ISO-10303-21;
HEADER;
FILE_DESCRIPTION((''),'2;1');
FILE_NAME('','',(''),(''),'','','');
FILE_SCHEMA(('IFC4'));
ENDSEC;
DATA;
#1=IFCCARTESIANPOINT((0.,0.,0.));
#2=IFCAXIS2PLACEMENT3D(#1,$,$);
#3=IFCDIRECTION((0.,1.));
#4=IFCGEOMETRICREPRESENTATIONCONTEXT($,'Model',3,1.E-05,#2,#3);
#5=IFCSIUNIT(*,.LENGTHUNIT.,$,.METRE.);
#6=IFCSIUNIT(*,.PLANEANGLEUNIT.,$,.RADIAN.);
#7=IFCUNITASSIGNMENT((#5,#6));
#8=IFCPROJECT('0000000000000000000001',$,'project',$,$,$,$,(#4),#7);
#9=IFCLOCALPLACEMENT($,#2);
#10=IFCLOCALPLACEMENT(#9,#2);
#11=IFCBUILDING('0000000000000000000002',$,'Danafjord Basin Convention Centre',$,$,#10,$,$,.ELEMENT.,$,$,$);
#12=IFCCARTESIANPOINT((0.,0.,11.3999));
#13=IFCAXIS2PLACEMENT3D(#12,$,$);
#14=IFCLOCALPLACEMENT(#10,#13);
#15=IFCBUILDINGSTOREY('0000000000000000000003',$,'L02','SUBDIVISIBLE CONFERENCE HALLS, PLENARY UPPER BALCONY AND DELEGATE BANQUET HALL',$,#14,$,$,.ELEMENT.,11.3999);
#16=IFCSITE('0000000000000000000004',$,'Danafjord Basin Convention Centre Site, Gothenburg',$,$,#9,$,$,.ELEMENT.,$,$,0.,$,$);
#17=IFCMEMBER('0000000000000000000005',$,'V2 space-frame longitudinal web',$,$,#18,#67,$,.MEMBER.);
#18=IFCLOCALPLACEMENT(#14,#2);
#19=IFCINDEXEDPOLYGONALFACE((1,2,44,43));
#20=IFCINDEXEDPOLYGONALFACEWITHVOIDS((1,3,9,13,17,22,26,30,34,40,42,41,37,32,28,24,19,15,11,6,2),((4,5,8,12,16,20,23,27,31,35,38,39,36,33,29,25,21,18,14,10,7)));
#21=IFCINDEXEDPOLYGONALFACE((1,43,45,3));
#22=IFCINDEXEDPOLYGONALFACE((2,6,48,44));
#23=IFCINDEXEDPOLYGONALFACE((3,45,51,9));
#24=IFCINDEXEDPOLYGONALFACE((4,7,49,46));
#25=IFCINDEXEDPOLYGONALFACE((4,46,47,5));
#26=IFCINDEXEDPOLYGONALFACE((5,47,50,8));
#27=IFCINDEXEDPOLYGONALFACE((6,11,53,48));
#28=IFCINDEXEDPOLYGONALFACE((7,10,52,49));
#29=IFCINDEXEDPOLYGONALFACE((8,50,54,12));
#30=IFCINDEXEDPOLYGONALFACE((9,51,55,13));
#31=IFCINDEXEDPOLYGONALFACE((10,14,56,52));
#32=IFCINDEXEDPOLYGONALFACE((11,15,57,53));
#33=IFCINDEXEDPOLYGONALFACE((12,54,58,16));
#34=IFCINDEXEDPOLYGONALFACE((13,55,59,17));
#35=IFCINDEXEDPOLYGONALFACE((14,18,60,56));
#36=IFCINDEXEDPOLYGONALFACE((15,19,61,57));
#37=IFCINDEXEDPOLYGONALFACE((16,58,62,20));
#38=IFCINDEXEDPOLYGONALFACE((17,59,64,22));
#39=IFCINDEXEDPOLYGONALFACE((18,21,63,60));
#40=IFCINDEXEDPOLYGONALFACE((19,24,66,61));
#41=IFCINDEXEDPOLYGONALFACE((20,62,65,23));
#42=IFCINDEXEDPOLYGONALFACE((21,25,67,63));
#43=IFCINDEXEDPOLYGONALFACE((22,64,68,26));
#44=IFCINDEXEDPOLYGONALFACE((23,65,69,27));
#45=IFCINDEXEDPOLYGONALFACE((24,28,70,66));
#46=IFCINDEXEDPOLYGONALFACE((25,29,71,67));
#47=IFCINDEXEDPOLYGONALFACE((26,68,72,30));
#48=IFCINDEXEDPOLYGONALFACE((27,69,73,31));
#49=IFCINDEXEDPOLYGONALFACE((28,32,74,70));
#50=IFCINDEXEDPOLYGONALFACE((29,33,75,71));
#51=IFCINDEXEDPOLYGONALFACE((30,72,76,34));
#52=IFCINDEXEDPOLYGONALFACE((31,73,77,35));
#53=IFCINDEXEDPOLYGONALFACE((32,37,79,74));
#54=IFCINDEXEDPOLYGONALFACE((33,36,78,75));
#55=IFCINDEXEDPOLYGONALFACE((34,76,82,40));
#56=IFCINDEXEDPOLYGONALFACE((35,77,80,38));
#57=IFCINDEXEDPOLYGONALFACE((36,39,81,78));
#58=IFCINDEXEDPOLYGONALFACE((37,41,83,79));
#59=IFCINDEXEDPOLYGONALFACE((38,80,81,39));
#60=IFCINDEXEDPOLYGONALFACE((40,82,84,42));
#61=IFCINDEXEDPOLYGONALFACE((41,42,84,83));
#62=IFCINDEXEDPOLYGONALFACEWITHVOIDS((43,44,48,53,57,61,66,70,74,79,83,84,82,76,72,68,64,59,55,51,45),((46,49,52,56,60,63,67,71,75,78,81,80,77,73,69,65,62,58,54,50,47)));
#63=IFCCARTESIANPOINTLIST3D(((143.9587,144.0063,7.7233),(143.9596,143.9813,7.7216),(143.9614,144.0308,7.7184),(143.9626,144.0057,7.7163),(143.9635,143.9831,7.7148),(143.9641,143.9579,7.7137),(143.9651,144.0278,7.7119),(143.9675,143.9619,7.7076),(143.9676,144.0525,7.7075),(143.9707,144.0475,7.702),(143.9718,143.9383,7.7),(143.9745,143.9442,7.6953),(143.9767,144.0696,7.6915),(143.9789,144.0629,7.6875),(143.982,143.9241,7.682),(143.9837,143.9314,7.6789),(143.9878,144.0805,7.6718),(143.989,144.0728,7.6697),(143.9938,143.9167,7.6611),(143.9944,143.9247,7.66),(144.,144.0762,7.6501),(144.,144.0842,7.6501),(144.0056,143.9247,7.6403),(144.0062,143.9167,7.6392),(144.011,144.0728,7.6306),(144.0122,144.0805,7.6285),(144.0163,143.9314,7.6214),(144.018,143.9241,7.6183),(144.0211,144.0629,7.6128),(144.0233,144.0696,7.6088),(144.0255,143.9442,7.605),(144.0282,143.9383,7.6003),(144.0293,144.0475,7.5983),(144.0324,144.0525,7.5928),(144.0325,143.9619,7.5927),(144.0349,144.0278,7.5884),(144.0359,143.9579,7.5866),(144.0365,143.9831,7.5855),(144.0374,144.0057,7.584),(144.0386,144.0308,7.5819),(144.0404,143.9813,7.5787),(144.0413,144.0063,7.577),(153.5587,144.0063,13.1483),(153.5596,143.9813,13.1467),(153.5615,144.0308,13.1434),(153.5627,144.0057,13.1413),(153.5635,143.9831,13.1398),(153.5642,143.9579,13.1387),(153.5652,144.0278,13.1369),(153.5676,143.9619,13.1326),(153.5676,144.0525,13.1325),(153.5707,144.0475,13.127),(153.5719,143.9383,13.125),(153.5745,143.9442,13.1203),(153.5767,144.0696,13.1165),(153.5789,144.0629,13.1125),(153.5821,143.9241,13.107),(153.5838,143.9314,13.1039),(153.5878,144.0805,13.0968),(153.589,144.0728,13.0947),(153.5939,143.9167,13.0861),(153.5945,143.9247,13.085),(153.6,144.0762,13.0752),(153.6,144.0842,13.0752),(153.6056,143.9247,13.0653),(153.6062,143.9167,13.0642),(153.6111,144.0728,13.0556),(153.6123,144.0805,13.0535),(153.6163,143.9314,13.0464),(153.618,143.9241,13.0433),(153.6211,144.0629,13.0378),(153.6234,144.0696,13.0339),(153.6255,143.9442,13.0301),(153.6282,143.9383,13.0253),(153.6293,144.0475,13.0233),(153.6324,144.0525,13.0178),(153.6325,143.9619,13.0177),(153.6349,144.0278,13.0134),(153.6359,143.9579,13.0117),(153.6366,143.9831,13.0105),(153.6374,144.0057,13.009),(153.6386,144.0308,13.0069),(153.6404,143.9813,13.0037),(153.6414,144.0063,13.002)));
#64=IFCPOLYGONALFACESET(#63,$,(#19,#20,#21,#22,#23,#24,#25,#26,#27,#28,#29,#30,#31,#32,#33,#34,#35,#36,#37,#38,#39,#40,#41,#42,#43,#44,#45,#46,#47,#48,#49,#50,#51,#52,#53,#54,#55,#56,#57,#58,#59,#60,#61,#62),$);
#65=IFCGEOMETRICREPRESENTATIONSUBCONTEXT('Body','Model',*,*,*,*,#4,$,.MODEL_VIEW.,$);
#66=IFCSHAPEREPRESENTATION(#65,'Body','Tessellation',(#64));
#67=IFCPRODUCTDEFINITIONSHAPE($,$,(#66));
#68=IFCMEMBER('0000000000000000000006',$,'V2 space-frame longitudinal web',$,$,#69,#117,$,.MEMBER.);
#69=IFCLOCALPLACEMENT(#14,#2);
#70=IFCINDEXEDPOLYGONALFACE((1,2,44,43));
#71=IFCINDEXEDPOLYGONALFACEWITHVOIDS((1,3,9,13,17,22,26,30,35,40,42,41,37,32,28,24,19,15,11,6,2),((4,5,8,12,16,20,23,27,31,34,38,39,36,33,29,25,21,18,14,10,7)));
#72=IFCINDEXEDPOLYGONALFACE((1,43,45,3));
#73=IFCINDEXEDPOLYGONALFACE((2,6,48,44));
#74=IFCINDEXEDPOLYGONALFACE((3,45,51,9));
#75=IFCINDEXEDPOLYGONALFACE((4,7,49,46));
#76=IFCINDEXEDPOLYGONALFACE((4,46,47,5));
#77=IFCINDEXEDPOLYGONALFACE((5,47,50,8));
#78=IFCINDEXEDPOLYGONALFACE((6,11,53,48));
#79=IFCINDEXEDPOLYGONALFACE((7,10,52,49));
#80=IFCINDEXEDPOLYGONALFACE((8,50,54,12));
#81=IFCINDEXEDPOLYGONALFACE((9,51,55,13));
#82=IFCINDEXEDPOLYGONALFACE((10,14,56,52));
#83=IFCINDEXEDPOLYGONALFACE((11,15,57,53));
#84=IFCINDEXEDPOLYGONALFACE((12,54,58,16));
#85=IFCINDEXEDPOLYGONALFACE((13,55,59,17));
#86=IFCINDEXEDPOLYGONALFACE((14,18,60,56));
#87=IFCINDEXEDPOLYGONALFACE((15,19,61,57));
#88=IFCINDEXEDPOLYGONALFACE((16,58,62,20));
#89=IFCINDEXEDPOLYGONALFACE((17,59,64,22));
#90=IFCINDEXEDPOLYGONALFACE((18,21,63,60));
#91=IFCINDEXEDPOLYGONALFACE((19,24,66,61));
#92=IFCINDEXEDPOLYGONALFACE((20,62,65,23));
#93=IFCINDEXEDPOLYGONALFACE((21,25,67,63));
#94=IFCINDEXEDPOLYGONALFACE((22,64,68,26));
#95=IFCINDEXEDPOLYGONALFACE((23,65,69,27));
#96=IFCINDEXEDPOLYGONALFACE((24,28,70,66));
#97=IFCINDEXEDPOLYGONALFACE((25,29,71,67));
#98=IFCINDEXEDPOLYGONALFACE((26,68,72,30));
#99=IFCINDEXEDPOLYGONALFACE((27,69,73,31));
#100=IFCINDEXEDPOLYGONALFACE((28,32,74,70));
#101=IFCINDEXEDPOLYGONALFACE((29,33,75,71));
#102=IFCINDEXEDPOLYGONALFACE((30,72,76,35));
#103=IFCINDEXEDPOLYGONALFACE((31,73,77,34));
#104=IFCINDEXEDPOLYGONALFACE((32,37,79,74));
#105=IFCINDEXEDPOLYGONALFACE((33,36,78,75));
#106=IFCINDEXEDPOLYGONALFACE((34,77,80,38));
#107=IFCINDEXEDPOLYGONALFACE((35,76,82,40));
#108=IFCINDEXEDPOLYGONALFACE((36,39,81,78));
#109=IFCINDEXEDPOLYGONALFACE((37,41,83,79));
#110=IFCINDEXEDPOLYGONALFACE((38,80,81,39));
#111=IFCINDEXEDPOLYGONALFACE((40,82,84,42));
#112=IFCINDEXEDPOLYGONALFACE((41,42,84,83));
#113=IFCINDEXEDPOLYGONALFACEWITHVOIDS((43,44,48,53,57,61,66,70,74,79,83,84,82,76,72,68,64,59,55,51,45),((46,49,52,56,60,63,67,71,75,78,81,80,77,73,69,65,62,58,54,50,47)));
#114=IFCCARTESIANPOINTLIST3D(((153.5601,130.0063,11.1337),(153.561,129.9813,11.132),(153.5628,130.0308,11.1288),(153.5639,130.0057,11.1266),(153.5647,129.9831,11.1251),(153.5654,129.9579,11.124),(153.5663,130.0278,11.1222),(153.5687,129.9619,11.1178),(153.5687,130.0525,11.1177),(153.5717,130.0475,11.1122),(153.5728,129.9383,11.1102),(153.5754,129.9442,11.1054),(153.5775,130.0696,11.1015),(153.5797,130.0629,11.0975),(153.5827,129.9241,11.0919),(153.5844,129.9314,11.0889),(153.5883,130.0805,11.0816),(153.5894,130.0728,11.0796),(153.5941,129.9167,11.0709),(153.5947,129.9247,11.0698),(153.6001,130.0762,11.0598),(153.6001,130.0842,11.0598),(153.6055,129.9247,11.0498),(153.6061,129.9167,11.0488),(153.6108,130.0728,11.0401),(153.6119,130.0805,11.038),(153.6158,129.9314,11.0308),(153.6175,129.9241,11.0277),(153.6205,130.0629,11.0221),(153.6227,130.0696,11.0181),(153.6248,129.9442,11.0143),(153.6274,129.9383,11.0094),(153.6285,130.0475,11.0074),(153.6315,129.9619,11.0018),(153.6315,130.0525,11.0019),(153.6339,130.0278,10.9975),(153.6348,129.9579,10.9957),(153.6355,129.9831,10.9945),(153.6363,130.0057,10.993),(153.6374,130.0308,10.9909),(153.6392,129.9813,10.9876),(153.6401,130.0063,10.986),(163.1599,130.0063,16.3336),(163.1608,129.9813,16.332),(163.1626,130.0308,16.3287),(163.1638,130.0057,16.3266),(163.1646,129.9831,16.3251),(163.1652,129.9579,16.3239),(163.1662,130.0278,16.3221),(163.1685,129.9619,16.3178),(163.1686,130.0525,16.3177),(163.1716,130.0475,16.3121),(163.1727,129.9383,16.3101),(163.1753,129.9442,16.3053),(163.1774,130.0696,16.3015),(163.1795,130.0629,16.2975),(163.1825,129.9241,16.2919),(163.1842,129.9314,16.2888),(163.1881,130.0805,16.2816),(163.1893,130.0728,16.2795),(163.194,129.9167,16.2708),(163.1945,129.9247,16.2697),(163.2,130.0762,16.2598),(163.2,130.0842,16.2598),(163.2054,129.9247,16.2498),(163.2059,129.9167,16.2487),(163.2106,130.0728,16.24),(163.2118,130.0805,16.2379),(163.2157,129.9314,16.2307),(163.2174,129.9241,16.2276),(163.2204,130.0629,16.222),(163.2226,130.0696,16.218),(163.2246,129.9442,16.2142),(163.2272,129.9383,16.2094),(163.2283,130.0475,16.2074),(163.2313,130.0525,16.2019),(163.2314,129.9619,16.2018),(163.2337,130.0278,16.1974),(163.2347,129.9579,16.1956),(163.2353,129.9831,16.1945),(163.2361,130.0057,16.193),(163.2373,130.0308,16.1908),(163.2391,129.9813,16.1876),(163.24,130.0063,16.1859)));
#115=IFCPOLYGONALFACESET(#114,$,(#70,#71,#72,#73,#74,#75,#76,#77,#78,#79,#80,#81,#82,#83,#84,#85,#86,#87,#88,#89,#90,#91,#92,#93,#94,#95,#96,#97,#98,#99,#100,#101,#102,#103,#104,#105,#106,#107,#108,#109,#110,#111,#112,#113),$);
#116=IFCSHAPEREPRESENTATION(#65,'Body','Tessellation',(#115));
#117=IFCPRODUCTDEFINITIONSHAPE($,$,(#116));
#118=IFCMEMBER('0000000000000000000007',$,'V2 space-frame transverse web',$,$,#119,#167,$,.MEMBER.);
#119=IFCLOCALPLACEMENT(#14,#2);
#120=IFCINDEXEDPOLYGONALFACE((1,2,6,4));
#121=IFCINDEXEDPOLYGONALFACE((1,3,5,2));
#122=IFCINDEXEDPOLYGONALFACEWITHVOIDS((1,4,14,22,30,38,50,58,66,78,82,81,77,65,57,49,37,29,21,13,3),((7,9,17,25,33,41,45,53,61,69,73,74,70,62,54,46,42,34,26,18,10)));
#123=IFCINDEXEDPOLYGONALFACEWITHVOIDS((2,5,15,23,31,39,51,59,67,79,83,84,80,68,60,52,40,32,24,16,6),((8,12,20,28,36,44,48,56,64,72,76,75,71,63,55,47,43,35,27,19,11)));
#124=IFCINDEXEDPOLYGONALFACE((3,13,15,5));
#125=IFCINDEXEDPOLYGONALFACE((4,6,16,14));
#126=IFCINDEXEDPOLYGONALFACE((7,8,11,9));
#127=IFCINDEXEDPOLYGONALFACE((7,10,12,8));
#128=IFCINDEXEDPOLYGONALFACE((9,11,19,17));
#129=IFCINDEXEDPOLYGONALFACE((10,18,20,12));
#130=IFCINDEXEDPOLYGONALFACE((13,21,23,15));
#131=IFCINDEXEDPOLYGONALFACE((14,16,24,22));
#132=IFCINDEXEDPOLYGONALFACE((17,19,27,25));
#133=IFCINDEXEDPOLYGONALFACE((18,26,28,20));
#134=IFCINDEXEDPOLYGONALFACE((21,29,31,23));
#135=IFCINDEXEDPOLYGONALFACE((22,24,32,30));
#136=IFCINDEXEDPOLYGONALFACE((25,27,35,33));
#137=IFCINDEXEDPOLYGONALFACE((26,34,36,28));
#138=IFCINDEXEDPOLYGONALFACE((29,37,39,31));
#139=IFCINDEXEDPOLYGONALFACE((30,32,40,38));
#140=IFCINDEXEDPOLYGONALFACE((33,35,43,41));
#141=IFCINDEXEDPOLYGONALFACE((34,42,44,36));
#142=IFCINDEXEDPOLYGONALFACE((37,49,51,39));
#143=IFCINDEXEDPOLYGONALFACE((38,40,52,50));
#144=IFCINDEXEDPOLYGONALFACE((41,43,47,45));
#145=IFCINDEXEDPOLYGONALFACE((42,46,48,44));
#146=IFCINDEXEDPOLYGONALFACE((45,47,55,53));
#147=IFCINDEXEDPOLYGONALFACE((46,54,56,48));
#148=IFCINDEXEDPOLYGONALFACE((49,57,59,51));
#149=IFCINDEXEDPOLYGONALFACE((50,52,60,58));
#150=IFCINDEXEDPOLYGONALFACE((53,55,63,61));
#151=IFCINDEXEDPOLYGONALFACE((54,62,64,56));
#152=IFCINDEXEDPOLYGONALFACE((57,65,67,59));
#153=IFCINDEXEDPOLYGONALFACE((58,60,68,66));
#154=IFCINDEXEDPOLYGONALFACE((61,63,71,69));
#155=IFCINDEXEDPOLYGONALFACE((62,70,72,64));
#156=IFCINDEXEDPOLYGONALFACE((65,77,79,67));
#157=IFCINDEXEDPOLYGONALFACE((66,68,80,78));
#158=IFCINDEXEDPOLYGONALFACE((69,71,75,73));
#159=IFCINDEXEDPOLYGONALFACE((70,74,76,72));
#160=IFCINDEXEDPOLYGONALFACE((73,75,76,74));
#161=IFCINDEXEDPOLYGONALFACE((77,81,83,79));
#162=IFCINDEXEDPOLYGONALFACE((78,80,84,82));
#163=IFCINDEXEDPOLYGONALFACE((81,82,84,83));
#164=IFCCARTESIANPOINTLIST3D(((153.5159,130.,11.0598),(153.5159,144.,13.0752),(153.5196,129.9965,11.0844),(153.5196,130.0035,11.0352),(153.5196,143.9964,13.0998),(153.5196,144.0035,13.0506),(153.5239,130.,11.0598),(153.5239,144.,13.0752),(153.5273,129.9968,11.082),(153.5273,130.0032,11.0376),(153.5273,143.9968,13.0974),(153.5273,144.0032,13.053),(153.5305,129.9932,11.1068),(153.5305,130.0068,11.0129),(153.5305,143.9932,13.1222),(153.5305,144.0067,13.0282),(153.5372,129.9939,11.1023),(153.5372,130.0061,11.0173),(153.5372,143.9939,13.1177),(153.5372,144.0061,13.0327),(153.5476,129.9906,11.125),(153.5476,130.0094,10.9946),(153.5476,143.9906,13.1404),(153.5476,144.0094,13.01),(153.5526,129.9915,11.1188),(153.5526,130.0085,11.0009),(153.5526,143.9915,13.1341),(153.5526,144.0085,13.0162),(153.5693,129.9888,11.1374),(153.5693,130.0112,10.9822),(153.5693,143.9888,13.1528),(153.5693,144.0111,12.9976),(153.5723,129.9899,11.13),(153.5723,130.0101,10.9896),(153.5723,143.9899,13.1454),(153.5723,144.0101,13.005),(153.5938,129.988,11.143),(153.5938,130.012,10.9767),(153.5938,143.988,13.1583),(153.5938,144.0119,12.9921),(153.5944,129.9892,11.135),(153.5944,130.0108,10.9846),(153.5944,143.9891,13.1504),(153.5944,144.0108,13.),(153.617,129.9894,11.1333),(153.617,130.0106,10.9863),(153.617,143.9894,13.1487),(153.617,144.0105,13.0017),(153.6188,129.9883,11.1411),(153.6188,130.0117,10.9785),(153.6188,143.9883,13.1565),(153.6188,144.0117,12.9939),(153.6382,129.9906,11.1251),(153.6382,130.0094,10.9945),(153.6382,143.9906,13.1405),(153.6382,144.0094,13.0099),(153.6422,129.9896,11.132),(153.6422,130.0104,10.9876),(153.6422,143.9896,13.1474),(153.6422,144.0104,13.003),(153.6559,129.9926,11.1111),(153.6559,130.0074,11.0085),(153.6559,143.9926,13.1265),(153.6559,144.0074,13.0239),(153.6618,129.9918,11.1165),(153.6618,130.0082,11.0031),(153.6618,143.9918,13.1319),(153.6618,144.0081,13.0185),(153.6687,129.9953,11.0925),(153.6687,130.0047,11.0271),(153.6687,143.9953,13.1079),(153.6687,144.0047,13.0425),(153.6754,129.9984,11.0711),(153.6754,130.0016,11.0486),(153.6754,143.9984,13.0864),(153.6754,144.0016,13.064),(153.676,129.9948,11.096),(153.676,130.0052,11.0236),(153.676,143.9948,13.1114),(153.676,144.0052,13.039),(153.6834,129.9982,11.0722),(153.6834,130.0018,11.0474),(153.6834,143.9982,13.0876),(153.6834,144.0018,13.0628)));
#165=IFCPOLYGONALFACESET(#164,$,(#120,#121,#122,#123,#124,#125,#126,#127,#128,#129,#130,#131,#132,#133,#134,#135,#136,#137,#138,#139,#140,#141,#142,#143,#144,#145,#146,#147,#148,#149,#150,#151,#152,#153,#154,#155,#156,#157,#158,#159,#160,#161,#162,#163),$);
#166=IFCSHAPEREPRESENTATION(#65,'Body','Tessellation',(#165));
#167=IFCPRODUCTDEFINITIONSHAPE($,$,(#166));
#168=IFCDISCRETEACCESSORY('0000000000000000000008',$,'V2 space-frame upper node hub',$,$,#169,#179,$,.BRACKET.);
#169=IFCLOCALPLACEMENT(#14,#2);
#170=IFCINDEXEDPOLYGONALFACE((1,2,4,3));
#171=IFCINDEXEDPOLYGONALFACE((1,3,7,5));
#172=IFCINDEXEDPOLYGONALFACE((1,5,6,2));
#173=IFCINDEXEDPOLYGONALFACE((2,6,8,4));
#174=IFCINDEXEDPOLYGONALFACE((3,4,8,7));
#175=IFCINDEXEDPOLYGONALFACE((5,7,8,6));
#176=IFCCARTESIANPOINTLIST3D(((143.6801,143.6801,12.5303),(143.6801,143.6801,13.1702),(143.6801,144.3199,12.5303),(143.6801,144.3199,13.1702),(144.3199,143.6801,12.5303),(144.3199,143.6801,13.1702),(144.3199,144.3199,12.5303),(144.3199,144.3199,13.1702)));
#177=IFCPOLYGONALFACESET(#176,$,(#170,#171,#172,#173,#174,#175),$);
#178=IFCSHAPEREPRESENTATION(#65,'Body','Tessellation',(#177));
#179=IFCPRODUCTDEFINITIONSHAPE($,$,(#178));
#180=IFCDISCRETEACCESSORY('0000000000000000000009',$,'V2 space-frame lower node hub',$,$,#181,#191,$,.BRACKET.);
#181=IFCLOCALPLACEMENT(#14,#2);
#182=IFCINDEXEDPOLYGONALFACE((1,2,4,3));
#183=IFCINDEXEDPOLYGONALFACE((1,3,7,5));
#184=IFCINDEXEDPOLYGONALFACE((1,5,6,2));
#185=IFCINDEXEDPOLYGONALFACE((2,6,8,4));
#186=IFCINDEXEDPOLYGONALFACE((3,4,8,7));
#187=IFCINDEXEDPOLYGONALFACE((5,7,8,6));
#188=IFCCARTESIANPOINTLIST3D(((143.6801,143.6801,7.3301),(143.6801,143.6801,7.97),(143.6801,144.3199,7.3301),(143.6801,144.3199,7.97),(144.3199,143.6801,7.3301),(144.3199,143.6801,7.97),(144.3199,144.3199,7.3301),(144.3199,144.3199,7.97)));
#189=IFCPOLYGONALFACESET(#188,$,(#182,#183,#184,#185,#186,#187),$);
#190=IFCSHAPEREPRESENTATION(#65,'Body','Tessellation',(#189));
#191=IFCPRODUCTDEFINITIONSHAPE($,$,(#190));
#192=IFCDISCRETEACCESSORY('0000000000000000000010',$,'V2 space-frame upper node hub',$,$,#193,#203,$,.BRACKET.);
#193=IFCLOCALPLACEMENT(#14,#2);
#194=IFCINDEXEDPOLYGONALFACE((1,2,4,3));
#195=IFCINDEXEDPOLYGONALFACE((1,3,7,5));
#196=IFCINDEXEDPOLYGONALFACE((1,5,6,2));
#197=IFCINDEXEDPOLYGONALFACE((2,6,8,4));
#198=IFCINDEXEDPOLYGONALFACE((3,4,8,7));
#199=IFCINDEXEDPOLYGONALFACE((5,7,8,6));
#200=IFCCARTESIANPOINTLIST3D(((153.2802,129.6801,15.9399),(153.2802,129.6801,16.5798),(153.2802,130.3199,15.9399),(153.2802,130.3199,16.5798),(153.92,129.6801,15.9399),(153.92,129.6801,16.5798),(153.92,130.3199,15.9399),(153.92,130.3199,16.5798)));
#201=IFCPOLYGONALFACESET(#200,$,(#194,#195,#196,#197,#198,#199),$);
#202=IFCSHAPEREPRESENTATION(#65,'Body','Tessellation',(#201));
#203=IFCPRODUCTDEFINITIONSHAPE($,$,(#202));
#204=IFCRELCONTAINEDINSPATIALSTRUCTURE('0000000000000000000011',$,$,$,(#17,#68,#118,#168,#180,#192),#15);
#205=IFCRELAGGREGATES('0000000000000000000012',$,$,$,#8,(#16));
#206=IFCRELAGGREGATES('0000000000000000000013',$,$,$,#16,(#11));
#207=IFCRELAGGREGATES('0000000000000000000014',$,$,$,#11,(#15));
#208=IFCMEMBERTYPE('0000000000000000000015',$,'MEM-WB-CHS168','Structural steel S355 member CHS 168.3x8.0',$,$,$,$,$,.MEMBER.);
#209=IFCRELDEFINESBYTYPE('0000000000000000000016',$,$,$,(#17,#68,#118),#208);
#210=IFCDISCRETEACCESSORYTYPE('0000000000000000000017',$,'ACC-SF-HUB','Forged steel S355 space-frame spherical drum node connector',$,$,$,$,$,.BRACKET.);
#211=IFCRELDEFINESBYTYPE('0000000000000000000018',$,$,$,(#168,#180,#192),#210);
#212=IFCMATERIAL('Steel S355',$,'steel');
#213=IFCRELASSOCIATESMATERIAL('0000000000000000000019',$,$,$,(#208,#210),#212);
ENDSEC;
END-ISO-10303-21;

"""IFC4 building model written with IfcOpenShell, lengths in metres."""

from ifc_helpers import new_model, si_unit, direction, frame, origin, origin_2d, place, context, subcontext, project, spatial, rectangle, hollow_circle, extrude, material, material_profile, profile_set, type_object, element, save


model = new_model("IFC4")

# Units and contexts
model_context = context("Model", 3, precision=1e-05, world=origin(), true_north=direction((0.0, 1.0)))
body_context = subcontext(model_context, "Body", "Model", "MODEL_VIEW")
ifc_project = project(units=[si_unit("LENGTHUNIT", "METRE"), si_unit("PLANEANGLEUNIT", "RADIAN")], contexts=[model_context])

# Site, building, storey
site_placement = place(None, origin())
site = spatial("IfcSite", under=ifc_project, at=site_placement, Name="Danafjord Basin Convention Centre Site, Gothenburg", CompositionType="ELEMENT", RefElevation=0.0)
building_placement = place(site_placement, origin())
building = spatial("IfcBuilding", under=site, at=building_placement, Name="Danafjord Basin Convention Centre", CompositionType="ELEMENT")
storey_placement = place(building_placement, frame((0.0, 0.0, 11.3999)))
storey = spatial("IfcBuildingStorey", under=building, at=storey_placement, Name="L02", Description="SUBDIVISIBLE CONFERENCE HALLS, PLENARY UPPER BALCONY AND DELEGATE BANQUET HALL", CompositionType="ELEMENT", Elevation=11.3999)

# Shared definitions
ifc_material = material(Name="Steel S355", Category="steel")

# Members
ifc_material_profile_1 = material_profile(ifc_material, hollow_circle(Radius=0.0842, WallThickness=0.0081, at=origin_2d()), Name="CHS 168.3x8.0")
ifc_profile_set_1 = profile_set([ifc_material_profile_1], Name="Steel S355")
member_type_1 = type_object("IfcMemberType", Name="MEM-WB-CHS168", Description="Structural steel S355 member CHS 168.3x8.0", PredefinedType="MEMBER", material=ifc_profile_set_1)
member_1_placement = place(storey_placement, frame((144.0, 144.0, 7.6501), z_axis=(0.870605, 0.0, 0.491982), x_axis=(0.0, 1.0, 0.0)))
element("IfcMember", 1, at=member_1_placement, inside=storey, type_object=member_type_1, Name="V2 space-frame longitudinal web", PredefinedType="MEMBER", context=body_context, shape_type="SweptSolid", body=[
    extrude(hollow_circle(Radius=0.0842, WallThickness=0.0081, at=origin_2d()), origin(), (0.0, 0.0, 1.0), 11.0269),
])
member_2_placement = place(storey_placement, frame((153.6001, 130.0, 11.0598), z_axis=(0.879291, 0.0, 0.476285), x_axis=(0.0, 1.0, 0.0)))
element("IfcMember", 2, at=member_2_placement, inside=storey, type_object=member_type_1, Name="V2 space-frame longitudinal web", PredefinedType="MEMBER", context=body_context, shape_type="SweptSolid", body=[
    extrude(hollow_circle(Radius=0.0842, WallThickness=0.0081, at=origin_2d()), origin(), (0.0, 0.0, 1.0), 10.9177),
])
member_3_placement = place(storey_placement, frame((153.6001, 130.0, 11.0598), z_axis=(0.0, 0.989797, 0.142487), x_axis=(-1.0, 0.0, 0.0)))
element("IfcMember", 3, at=member_3_placement, inside=storey, type_object=member_type_1, Name="V2 space-frame transverse web", PredefinedType="MEMBER", context=body_context, shape_type="SweptSolid", body=[
    extrude(hollow_circle(Radius=0.0842, WallThickness=0.0081, at=origin_2d()), origin(), (0.0, 0.0, 1.0), 14.1443),
])

# Discrete accessories
discrete_accessory_type = type_object("IfcDiscreteAccessoryType", Name="ACC-SF-HUB", Description="Forged steel S355 space-frame spherical drum node connector", PredefinedType="BRACKET", material=ifc_material)
for number, where, z_axis, x_axis, name in (
    (4, (144.0, 144.0, 12.5303), (0.0, 0.0, 1.0), (1.0, 0.0, 0.0), "V2 space-frame upper node hub"),
    (5, (144.0, 144.0, 7.3301), (0.0, 0.0, 1.0), (1.0, 0.0, 0.0), "V2 space-frame lower node hub"),
    (6, (153.6001, 130.0, 15.9399), (0.0, 0.0, 1.0), (1.0, 0.0, 0.0), "V2 space-frame upper node hub"),
):
    element("IfcDiscreteAccessory", number, at=place(storey_placement, frame(where, z_axis=z_axis, x_axis=x_axis)), inside=storey, type_object=discrete_accessory_type, Name=name, PredefinedType="BRACKET", context=body_context, shape_type="SweptSolid", body=[
        extrude(rectangle(XDim=0.6399, YDim=0.6399, at=origin_2d()), origin(), (0.0, 0.0, 1.0), 0.6399),
    ])

save(model, "model.ifc")
